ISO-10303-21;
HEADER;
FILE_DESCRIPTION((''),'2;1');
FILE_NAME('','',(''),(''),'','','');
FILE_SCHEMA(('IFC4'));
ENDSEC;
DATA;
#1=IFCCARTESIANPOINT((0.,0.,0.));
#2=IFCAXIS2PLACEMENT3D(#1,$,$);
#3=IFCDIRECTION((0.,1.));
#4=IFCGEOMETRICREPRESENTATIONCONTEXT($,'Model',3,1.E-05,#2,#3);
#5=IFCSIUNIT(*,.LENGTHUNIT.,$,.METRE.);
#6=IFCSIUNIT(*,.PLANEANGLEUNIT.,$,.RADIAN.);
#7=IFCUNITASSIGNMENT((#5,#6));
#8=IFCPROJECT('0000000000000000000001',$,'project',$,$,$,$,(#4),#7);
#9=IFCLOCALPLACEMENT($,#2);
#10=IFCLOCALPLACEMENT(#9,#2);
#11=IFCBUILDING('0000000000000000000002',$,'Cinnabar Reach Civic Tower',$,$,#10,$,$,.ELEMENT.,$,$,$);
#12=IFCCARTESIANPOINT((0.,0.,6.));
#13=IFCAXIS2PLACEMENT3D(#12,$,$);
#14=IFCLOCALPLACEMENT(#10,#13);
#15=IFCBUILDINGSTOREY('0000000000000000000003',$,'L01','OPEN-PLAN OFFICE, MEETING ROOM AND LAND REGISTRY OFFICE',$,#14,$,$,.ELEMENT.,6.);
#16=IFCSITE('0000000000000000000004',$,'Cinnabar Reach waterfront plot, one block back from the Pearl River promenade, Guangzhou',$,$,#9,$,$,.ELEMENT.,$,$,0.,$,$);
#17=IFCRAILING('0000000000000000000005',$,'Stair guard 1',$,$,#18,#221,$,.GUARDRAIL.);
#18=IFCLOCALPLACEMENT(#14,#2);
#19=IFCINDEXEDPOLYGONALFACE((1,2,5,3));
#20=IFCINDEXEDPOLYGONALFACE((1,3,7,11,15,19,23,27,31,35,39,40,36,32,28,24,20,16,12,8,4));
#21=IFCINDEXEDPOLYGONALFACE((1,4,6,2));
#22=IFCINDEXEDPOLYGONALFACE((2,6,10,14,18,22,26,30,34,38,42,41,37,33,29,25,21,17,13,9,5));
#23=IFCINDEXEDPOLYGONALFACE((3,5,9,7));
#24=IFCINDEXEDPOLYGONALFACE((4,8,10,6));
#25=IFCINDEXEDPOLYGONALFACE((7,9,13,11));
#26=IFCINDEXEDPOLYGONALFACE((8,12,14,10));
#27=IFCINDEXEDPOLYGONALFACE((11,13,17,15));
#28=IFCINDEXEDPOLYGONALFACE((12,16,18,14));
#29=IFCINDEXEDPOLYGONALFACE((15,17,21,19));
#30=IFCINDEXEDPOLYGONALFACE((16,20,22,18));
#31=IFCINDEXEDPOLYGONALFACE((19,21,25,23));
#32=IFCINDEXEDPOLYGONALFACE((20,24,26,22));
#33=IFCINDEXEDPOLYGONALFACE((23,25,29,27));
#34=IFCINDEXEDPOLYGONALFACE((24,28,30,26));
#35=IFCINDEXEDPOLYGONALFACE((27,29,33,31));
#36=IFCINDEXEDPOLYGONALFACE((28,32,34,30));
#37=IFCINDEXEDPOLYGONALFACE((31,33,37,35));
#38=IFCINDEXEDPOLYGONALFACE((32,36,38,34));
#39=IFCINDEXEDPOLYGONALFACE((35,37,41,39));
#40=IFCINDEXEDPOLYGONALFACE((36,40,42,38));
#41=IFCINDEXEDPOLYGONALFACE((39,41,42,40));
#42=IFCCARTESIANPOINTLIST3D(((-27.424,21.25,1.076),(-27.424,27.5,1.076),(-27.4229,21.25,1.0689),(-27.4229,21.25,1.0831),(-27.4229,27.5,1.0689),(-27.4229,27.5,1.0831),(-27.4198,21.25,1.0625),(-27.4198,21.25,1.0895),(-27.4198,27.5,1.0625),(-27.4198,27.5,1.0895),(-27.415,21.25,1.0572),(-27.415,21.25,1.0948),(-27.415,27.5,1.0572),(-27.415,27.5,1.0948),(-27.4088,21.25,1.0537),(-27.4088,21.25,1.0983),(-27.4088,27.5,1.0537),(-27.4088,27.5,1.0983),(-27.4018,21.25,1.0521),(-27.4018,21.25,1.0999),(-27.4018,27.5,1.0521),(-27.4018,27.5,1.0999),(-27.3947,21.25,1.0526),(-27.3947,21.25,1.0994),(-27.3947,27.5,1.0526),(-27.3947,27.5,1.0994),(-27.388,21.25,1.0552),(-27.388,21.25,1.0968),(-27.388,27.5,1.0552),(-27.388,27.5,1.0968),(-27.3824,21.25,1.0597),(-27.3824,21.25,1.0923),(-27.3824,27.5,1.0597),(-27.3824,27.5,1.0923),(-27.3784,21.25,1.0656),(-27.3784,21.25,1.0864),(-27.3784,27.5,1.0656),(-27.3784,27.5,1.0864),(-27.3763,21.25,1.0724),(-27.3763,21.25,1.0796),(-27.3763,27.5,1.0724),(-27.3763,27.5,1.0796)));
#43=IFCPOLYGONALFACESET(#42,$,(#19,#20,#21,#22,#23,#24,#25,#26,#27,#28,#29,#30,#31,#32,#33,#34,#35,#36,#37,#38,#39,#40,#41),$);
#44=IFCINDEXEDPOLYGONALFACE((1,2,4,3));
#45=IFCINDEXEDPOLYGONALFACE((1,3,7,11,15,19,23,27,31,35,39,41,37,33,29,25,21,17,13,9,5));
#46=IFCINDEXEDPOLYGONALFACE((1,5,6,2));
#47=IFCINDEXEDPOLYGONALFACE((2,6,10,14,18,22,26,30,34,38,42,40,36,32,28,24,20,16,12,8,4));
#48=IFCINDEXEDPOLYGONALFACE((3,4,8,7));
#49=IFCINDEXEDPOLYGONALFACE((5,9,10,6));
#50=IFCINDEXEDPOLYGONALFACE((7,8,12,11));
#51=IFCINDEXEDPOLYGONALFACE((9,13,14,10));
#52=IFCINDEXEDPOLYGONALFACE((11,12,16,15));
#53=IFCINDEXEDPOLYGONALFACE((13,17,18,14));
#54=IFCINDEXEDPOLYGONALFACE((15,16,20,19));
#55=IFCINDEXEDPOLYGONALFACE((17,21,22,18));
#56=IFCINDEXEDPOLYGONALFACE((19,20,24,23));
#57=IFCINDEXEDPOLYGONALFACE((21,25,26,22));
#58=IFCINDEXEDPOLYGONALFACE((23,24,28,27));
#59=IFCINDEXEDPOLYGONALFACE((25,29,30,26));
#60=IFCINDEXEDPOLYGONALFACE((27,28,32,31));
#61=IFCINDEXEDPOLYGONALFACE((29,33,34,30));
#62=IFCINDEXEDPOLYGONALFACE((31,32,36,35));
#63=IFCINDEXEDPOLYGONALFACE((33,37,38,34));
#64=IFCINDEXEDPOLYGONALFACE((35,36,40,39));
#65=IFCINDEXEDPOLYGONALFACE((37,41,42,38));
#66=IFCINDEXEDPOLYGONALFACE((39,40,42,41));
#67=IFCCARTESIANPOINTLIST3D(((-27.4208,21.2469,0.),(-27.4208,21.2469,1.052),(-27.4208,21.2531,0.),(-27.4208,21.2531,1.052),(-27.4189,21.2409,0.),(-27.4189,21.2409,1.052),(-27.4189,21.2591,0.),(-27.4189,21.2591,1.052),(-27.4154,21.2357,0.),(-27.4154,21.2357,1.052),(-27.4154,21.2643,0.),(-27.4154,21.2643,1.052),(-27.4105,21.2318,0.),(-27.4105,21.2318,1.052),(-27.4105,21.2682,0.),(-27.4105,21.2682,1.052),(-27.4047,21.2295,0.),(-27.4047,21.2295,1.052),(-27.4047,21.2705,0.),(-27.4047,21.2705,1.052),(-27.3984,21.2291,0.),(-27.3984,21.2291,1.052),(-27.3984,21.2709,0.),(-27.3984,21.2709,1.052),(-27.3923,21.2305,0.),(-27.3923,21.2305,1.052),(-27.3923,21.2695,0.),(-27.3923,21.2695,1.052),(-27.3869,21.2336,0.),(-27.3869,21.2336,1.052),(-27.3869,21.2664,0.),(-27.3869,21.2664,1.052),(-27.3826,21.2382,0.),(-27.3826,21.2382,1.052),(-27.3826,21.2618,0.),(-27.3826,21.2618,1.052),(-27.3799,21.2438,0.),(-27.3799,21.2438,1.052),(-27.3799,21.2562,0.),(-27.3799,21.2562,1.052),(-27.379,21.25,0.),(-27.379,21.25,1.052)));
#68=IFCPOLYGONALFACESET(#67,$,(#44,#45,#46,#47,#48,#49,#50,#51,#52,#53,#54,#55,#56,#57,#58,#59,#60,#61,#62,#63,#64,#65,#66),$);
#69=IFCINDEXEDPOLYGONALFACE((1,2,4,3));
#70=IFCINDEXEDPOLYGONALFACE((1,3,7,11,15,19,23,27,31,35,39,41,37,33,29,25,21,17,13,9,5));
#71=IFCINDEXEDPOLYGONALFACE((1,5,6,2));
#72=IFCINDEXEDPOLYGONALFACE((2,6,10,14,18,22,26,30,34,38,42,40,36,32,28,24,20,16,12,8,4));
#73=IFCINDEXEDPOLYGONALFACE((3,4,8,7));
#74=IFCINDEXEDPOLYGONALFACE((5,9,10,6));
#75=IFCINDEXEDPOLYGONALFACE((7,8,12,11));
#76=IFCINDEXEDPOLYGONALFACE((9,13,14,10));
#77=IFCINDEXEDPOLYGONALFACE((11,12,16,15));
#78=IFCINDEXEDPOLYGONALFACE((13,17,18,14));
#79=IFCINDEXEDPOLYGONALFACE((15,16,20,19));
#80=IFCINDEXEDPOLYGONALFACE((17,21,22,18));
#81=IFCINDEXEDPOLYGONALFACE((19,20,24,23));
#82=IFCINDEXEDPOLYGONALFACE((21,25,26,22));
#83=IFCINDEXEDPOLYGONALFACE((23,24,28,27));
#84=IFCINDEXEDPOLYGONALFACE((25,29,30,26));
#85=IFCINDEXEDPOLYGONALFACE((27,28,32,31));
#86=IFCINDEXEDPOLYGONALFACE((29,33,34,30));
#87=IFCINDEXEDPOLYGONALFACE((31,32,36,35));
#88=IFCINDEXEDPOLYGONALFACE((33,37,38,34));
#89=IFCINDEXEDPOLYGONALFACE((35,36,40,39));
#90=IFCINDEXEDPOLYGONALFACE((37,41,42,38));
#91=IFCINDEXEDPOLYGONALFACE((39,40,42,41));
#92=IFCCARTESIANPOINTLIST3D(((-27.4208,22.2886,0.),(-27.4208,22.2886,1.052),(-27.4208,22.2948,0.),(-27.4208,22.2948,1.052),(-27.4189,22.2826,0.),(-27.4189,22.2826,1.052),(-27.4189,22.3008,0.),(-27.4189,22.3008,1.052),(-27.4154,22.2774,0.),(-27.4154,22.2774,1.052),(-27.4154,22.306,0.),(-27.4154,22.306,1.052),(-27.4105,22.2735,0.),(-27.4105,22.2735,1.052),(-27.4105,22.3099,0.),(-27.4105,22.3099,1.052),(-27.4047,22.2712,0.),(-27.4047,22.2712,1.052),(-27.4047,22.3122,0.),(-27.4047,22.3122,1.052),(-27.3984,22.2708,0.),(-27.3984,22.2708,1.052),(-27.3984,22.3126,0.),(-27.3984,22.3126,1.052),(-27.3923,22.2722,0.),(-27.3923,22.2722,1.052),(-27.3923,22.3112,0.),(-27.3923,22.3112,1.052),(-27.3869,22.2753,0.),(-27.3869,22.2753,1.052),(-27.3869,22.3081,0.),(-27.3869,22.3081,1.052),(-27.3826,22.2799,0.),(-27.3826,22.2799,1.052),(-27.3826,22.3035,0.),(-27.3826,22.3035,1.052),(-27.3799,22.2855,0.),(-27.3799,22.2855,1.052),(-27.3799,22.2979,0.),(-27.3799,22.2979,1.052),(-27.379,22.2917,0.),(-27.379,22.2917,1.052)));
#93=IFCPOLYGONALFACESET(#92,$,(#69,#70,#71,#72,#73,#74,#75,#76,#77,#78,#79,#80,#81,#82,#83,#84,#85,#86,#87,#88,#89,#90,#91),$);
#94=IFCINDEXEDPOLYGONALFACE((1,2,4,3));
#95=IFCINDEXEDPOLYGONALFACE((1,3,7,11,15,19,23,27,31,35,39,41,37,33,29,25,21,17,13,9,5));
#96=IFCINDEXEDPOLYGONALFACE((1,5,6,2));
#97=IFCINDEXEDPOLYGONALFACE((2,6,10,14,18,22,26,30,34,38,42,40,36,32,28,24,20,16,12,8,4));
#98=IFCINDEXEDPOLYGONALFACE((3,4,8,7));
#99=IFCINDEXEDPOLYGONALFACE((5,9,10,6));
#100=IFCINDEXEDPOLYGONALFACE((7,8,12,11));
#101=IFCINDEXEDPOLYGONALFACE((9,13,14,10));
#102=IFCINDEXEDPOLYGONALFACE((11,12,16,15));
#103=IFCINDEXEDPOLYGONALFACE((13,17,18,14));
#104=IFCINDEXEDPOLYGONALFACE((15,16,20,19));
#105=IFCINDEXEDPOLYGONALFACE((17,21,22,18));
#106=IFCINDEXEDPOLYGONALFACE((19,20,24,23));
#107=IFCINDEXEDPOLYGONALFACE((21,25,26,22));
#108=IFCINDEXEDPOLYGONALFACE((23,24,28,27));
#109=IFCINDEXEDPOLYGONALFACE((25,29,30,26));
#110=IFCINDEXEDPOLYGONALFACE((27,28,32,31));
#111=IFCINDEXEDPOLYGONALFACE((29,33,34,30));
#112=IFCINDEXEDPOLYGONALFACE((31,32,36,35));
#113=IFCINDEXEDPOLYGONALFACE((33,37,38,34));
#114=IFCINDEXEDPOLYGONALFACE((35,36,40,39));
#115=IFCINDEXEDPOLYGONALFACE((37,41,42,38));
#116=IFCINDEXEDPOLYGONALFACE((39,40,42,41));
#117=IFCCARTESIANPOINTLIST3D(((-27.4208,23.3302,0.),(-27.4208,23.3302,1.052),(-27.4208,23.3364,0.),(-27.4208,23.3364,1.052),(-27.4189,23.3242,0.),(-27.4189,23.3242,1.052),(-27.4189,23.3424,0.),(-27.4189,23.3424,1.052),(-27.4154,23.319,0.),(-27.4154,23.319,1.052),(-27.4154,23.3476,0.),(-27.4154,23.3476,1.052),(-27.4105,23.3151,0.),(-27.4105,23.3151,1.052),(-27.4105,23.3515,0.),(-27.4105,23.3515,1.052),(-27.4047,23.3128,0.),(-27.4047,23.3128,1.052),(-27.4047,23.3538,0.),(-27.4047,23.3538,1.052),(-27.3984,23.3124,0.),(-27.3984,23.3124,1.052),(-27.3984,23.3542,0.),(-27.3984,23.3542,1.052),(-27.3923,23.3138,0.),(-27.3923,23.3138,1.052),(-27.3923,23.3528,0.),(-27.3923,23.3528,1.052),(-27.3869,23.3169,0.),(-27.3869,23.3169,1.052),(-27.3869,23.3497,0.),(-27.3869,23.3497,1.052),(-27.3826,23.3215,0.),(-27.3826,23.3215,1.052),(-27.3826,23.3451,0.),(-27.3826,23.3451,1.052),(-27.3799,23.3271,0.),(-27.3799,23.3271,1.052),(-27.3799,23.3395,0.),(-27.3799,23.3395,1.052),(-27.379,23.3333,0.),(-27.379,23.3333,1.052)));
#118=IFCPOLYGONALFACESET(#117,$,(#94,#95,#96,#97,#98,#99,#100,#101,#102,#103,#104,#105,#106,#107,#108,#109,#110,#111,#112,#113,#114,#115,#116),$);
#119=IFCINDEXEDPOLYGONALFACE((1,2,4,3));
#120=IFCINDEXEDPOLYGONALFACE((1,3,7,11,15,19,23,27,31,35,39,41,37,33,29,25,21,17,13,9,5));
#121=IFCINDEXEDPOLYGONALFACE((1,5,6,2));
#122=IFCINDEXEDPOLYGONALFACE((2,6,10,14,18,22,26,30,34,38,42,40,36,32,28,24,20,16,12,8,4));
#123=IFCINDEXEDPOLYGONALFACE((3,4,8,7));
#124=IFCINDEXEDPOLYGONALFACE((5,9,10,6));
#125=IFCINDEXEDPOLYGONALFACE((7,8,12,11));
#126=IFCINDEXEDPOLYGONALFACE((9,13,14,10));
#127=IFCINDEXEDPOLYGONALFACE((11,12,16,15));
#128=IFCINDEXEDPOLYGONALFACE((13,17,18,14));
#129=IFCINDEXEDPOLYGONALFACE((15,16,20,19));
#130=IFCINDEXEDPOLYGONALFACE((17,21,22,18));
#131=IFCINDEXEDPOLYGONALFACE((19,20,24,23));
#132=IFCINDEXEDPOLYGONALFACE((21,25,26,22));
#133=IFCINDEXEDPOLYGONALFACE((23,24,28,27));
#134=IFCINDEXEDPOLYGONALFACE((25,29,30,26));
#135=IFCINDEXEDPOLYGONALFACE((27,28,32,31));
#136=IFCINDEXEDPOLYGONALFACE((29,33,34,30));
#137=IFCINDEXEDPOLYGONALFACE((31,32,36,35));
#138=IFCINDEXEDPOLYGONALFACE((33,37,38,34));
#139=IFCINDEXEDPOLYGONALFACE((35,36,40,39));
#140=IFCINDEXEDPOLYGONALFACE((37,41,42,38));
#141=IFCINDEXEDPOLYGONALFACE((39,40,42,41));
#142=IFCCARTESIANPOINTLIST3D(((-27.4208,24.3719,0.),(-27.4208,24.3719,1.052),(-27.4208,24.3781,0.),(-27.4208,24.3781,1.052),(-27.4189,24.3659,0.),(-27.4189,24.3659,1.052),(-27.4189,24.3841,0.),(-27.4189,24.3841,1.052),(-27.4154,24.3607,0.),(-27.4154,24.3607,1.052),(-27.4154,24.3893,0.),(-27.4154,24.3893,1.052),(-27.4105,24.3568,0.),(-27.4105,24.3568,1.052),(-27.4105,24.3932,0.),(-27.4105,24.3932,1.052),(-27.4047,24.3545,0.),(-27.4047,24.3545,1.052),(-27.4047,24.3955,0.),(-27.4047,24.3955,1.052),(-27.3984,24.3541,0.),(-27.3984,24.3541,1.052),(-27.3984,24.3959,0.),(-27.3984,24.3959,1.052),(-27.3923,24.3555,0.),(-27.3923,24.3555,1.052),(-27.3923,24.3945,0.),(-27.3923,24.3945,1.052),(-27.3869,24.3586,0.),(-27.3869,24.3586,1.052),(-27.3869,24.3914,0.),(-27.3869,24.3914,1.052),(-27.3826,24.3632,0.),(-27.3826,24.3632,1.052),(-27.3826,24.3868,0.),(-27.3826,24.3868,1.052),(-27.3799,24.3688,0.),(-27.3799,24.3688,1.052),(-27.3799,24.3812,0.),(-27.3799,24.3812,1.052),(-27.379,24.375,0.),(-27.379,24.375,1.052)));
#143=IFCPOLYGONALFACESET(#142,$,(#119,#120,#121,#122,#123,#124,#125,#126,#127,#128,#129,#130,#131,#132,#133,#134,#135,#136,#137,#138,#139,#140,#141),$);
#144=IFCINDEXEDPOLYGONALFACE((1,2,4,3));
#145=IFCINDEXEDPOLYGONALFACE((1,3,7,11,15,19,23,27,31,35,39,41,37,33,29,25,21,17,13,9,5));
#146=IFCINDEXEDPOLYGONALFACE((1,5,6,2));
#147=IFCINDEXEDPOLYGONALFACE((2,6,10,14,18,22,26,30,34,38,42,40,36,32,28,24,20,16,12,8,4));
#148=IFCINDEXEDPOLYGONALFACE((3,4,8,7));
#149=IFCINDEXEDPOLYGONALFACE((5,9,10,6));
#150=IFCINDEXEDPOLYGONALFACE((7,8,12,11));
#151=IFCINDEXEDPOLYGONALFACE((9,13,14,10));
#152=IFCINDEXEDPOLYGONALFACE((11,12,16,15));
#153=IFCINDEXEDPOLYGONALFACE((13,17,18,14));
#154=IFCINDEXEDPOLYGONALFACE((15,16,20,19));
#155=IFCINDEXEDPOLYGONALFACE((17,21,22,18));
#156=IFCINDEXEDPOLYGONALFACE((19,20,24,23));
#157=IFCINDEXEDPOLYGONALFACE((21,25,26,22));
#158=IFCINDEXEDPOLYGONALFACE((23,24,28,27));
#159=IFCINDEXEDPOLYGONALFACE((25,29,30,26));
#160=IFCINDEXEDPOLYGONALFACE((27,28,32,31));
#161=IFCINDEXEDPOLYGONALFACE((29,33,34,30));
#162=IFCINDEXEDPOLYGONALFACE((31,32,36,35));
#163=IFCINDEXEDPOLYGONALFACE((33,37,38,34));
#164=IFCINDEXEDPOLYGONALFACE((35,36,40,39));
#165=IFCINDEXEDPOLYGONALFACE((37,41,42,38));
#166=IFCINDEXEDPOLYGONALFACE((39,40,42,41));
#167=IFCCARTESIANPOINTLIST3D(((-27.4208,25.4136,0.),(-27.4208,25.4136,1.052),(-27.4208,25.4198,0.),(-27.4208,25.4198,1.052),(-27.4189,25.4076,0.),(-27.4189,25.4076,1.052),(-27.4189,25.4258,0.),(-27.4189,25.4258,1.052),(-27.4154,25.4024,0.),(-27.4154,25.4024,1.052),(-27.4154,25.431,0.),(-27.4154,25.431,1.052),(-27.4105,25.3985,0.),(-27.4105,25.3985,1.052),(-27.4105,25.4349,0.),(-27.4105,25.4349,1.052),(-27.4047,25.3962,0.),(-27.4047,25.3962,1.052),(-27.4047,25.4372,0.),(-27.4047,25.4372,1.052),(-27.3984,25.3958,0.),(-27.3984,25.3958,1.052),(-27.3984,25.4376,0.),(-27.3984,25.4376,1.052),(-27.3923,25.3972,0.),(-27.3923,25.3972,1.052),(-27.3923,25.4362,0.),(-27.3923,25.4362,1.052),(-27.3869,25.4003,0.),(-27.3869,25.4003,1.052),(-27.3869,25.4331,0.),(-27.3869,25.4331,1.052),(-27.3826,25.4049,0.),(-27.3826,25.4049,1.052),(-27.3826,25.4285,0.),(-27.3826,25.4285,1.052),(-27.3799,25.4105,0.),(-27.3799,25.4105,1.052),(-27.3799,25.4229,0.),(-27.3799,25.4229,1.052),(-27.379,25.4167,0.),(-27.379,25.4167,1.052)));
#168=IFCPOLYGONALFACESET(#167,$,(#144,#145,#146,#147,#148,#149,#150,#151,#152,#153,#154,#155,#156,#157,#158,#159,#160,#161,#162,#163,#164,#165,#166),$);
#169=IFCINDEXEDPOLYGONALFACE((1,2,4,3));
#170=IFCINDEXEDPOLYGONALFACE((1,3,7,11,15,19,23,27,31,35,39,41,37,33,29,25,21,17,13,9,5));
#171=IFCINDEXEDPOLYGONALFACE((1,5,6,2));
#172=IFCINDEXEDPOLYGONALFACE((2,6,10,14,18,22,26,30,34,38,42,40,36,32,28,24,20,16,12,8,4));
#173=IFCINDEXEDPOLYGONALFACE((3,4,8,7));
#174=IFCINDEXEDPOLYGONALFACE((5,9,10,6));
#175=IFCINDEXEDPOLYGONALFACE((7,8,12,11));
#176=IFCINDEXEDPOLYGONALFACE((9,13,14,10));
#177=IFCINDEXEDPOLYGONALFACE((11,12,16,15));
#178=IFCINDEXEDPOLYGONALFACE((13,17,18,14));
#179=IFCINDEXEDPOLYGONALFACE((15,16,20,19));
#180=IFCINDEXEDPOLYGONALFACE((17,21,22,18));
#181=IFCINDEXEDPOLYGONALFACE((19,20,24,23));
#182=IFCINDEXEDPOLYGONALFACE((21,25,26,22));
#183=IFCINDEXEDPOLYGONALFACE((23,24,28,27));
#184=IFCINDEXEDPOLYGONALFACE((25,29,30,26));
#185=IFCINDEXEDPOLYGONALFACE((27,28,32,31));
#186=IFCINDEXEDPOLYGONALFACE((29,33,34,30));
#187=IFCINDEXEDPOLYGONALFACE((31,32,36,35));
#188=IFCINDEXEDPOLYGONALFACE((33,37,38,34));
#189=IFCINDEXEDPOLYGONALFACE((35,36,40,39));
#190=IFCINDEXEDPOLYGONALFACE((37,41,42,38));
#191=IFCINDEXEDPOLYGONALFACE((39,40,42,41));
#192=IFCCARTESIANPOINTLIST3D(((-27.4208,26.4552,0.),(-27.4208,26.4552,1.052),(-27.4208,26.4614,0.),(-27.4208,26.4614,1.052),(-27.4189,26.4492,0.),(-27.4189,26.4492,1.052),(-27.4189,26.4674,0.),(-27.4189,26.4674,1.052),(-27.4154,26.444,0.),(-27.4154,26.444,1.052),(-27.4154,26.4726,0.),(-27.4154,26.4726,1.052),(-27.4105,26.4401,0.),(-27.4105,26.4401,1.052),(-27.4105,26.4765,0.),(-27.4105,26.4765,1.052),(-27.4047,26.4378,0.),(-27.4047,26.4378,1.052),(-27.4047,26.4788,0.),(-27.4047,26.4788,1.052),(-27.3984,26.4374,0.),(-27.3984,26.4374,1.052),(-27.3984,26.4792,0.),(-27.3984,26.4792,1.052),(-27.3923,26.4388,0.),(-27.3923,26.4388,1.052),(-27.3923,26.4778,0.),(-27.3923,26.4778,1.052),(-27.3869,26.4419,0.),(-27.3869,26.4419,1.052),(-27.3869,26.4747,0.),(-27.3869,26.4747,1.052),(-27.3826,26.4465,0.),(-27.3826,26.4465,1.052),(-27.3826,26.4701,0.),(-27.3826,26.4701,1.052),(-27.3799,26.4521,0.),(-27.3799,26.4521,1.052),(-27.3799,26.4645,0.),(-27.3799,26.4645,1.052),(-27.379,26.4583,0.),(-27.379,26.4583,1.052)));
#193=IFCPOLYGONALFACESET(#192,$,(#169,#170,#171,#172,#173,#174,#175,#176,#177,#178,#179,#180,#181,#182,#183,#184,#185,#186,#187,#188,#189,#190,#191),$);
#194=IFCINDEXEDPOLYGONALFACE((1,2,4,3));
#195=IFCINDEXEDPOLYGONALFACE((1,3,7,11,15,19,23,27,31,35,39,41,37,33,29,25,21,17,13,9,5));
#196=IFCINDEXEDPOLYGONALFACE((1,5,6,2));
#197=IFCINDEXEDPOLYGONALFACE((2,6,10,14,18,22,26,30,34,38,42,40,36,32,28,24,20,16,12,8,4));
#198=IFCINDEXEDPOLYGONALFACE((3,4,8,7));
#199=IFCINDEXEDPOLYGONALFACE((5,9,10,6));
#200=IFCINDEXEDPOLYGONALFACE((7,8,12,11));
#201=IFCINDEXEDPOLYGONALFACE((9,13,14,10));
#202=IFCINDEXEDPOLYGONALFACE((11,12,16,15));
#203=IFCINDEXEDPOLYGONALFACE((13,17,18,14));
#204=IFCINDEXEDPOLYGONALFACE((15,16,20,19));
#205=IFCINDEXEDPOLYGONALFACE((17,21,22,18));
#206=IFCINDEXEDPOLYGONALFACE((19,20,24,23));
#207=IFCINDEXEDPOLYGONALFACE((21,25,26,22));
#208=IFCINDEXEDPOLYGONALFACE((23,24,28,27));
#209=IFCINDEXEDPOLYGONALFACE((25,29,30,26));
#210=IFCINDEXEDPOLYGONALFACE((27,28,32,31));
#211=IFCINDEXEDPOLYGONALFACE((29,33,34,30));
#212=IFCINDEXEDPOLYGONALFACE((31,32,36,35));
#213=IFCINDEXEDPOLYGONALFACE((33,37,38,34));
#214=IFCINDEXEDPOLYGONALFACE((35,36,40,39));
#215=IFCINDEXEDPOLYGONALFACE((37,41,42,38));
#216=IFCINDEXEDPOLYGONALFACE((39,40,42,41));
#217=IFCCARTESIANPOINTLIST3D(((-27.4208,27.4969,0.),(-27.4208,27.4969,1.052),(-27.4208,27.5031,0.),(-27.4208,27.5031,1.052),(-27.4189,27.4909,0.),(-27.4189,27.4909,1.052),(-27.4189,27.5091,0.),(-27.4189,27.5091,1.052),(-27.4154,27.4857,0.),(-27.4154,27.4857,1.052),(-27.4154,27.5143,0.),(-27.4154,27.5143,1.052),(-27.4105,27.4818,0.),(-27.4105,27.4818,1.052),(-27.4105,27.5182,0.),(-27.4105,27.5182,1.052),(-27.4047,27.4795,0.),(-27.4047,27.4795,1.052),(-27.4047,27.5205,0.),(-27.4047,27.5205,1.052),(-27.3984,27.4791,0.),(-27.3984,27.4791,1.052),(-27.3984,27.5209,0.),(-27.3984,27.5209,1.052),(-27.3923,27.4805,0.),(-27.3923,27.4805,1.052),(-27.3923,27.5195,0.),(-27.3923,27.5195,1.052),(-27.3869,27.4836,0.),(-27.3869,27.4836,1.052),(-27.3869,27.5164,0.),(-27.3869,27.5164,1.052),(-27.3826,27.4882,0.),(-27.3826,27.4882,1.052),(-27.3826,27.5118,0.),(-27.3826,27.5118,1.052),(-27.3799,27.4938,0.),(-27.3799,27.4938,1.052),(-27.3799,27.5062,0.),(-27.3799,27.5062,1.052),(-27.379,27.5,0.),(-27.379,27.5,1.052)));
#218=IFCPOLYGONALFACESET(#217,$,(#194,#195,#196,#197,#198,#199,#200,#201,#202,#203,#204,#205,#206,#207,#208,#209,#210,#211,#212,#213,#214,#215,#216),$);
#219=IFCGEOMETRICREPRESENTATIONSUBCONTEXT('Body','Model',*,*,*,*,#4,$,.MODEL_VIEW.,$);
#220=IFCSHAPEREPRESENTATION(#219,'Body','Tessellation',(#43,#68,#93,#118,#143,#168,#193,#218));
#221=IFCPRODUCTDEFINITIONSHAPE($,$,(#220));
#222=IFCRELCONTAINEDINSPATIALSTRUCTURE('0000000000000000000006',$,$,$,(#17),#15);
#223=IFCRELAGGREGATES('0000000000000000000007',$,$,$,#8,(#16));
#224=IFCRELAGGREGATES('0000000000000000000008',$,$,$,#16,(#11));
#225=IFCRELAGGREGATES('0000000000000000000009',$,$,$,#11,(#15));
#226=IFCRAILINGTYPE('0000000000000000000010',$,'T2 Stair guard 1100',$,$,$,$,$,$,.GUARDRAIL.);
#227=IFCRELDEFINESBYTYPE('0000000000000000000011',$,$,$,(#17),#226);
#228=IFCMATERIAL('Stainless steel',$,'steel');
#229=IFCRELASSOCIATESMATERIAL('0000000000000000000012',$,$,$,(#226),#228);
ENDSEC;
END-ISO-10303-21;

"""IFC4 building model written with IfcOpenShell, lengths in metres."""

from ifc_helpers import new_model, si_unit, direction, frame, origin, origin_2d, place, context, subcontext, project, spatial, circle, extrude, material, type_object, element, save


model = new_model("IFC4")

# Units and contexts
model_context = context("Model", 3, precision=1e-05, world=origin(), true_north=direction((0.0, 1.0)))
body_context = subcontext(model_context, "Body", "Model", "MODEL_VIEW")
ifc_project = project(units=[si_unit("LENGTHUNIT", "METRE"), si_unit("PLANEANGLEUNIT", "RADIAN")], contexts=[model_context])

# Site, building, storey
site_placement = place(None, origin())
site = spatial("IfcSite", under=ifc_project, at=site_placement, Name="Cinnabar Reach waterfront plot, one block back from the Pearl River promenade, Guangzhou", CompositionType="ELEMENT", RefElevation=0.0)
building_placement = place(site_placement, origin())
building = spatial("IfcBuilding", under=site, at=building_placement, Name="Cinnabar Reach Civic Tower", CompositionType="ELEMENT")
storey_placement = place(building_placement, frame((0.0, 0.0, 6.0)))
storey = spatial("IfcBuildingStorey", under=building, at=storey_placement, Name="L01", Description="OPEN-PLAN OFFICE, MEETING ROOM AND LAND REGISTRY OFFICE", CompositionType="ELEMENT", Elevation=6.0)

# Railing
ifc_material_1 = material(Name="Stainless steel", Category="steel")
railing_type_1 = type_object("IfcRailingType", Name="T2 Stair guard 1100", PredefinedType="GUARDRAIL", material=ifc_material_1)
railing_1_placement = place(storey_placement, frame((-27.4, 21.25, 0.0)))
element("IfcRailing", 1, at=railing_1_placement, inside=storey, type_object=railing_type_1, Name="Stair guard 1", PredefinedType="GUARDRAIL", context=body_context, shape_type="SweptSolid", body=[
    extrude(circle(Radius=0.024, at=origin_2d()), frame((0.0, 0.0, 1.076), z_axis=(0.0, 1.0, 0.0), x_axis=(-1.0, 0.0, 0.0)), (0.0, 0.0, 1.0), 6.25),
    extrude(circle(Radius=0.021, at=origin_2d()), origin(), (0.0, 0.0, 1.0), 1.052),
    extrude(circle(Radius=0.021, at=origin_2d()), frame((0.0, 1.0417, 0.0)), (0.0, 0.0, 1.0), 1.052),
    extrude(circle(Radius=0.021, at=origin_2d()), frame((0.0, 2.0833, 0.0)), (0.0, 0.0, 1.0), 1.052),
    extrude(circle(Radius=0.021, at=origin_2d()), frame((0.0, 3.125, 0.0)), (0.0, 0.0, 1.0), 1.052),
    extrude(circle(Radius=0.021, at=origin_2d()), frame((0.0, 4.1667, 0.0)), (0.0, 0.0, 1.0), 1.052),
    extrude(circle(Radius=0.021, at=origin_2d()), frame((0.0, 5.2083, 0.0)), (0.0, 0.0, 1.0), 1.052),
    extrude(circle(Radius=0.021, at=origin_2d()), frame((0.0, 6.25, 0.0)), (0.0, 0.0, 1.0), 1.052),
])

save(model, "model.ifc")
